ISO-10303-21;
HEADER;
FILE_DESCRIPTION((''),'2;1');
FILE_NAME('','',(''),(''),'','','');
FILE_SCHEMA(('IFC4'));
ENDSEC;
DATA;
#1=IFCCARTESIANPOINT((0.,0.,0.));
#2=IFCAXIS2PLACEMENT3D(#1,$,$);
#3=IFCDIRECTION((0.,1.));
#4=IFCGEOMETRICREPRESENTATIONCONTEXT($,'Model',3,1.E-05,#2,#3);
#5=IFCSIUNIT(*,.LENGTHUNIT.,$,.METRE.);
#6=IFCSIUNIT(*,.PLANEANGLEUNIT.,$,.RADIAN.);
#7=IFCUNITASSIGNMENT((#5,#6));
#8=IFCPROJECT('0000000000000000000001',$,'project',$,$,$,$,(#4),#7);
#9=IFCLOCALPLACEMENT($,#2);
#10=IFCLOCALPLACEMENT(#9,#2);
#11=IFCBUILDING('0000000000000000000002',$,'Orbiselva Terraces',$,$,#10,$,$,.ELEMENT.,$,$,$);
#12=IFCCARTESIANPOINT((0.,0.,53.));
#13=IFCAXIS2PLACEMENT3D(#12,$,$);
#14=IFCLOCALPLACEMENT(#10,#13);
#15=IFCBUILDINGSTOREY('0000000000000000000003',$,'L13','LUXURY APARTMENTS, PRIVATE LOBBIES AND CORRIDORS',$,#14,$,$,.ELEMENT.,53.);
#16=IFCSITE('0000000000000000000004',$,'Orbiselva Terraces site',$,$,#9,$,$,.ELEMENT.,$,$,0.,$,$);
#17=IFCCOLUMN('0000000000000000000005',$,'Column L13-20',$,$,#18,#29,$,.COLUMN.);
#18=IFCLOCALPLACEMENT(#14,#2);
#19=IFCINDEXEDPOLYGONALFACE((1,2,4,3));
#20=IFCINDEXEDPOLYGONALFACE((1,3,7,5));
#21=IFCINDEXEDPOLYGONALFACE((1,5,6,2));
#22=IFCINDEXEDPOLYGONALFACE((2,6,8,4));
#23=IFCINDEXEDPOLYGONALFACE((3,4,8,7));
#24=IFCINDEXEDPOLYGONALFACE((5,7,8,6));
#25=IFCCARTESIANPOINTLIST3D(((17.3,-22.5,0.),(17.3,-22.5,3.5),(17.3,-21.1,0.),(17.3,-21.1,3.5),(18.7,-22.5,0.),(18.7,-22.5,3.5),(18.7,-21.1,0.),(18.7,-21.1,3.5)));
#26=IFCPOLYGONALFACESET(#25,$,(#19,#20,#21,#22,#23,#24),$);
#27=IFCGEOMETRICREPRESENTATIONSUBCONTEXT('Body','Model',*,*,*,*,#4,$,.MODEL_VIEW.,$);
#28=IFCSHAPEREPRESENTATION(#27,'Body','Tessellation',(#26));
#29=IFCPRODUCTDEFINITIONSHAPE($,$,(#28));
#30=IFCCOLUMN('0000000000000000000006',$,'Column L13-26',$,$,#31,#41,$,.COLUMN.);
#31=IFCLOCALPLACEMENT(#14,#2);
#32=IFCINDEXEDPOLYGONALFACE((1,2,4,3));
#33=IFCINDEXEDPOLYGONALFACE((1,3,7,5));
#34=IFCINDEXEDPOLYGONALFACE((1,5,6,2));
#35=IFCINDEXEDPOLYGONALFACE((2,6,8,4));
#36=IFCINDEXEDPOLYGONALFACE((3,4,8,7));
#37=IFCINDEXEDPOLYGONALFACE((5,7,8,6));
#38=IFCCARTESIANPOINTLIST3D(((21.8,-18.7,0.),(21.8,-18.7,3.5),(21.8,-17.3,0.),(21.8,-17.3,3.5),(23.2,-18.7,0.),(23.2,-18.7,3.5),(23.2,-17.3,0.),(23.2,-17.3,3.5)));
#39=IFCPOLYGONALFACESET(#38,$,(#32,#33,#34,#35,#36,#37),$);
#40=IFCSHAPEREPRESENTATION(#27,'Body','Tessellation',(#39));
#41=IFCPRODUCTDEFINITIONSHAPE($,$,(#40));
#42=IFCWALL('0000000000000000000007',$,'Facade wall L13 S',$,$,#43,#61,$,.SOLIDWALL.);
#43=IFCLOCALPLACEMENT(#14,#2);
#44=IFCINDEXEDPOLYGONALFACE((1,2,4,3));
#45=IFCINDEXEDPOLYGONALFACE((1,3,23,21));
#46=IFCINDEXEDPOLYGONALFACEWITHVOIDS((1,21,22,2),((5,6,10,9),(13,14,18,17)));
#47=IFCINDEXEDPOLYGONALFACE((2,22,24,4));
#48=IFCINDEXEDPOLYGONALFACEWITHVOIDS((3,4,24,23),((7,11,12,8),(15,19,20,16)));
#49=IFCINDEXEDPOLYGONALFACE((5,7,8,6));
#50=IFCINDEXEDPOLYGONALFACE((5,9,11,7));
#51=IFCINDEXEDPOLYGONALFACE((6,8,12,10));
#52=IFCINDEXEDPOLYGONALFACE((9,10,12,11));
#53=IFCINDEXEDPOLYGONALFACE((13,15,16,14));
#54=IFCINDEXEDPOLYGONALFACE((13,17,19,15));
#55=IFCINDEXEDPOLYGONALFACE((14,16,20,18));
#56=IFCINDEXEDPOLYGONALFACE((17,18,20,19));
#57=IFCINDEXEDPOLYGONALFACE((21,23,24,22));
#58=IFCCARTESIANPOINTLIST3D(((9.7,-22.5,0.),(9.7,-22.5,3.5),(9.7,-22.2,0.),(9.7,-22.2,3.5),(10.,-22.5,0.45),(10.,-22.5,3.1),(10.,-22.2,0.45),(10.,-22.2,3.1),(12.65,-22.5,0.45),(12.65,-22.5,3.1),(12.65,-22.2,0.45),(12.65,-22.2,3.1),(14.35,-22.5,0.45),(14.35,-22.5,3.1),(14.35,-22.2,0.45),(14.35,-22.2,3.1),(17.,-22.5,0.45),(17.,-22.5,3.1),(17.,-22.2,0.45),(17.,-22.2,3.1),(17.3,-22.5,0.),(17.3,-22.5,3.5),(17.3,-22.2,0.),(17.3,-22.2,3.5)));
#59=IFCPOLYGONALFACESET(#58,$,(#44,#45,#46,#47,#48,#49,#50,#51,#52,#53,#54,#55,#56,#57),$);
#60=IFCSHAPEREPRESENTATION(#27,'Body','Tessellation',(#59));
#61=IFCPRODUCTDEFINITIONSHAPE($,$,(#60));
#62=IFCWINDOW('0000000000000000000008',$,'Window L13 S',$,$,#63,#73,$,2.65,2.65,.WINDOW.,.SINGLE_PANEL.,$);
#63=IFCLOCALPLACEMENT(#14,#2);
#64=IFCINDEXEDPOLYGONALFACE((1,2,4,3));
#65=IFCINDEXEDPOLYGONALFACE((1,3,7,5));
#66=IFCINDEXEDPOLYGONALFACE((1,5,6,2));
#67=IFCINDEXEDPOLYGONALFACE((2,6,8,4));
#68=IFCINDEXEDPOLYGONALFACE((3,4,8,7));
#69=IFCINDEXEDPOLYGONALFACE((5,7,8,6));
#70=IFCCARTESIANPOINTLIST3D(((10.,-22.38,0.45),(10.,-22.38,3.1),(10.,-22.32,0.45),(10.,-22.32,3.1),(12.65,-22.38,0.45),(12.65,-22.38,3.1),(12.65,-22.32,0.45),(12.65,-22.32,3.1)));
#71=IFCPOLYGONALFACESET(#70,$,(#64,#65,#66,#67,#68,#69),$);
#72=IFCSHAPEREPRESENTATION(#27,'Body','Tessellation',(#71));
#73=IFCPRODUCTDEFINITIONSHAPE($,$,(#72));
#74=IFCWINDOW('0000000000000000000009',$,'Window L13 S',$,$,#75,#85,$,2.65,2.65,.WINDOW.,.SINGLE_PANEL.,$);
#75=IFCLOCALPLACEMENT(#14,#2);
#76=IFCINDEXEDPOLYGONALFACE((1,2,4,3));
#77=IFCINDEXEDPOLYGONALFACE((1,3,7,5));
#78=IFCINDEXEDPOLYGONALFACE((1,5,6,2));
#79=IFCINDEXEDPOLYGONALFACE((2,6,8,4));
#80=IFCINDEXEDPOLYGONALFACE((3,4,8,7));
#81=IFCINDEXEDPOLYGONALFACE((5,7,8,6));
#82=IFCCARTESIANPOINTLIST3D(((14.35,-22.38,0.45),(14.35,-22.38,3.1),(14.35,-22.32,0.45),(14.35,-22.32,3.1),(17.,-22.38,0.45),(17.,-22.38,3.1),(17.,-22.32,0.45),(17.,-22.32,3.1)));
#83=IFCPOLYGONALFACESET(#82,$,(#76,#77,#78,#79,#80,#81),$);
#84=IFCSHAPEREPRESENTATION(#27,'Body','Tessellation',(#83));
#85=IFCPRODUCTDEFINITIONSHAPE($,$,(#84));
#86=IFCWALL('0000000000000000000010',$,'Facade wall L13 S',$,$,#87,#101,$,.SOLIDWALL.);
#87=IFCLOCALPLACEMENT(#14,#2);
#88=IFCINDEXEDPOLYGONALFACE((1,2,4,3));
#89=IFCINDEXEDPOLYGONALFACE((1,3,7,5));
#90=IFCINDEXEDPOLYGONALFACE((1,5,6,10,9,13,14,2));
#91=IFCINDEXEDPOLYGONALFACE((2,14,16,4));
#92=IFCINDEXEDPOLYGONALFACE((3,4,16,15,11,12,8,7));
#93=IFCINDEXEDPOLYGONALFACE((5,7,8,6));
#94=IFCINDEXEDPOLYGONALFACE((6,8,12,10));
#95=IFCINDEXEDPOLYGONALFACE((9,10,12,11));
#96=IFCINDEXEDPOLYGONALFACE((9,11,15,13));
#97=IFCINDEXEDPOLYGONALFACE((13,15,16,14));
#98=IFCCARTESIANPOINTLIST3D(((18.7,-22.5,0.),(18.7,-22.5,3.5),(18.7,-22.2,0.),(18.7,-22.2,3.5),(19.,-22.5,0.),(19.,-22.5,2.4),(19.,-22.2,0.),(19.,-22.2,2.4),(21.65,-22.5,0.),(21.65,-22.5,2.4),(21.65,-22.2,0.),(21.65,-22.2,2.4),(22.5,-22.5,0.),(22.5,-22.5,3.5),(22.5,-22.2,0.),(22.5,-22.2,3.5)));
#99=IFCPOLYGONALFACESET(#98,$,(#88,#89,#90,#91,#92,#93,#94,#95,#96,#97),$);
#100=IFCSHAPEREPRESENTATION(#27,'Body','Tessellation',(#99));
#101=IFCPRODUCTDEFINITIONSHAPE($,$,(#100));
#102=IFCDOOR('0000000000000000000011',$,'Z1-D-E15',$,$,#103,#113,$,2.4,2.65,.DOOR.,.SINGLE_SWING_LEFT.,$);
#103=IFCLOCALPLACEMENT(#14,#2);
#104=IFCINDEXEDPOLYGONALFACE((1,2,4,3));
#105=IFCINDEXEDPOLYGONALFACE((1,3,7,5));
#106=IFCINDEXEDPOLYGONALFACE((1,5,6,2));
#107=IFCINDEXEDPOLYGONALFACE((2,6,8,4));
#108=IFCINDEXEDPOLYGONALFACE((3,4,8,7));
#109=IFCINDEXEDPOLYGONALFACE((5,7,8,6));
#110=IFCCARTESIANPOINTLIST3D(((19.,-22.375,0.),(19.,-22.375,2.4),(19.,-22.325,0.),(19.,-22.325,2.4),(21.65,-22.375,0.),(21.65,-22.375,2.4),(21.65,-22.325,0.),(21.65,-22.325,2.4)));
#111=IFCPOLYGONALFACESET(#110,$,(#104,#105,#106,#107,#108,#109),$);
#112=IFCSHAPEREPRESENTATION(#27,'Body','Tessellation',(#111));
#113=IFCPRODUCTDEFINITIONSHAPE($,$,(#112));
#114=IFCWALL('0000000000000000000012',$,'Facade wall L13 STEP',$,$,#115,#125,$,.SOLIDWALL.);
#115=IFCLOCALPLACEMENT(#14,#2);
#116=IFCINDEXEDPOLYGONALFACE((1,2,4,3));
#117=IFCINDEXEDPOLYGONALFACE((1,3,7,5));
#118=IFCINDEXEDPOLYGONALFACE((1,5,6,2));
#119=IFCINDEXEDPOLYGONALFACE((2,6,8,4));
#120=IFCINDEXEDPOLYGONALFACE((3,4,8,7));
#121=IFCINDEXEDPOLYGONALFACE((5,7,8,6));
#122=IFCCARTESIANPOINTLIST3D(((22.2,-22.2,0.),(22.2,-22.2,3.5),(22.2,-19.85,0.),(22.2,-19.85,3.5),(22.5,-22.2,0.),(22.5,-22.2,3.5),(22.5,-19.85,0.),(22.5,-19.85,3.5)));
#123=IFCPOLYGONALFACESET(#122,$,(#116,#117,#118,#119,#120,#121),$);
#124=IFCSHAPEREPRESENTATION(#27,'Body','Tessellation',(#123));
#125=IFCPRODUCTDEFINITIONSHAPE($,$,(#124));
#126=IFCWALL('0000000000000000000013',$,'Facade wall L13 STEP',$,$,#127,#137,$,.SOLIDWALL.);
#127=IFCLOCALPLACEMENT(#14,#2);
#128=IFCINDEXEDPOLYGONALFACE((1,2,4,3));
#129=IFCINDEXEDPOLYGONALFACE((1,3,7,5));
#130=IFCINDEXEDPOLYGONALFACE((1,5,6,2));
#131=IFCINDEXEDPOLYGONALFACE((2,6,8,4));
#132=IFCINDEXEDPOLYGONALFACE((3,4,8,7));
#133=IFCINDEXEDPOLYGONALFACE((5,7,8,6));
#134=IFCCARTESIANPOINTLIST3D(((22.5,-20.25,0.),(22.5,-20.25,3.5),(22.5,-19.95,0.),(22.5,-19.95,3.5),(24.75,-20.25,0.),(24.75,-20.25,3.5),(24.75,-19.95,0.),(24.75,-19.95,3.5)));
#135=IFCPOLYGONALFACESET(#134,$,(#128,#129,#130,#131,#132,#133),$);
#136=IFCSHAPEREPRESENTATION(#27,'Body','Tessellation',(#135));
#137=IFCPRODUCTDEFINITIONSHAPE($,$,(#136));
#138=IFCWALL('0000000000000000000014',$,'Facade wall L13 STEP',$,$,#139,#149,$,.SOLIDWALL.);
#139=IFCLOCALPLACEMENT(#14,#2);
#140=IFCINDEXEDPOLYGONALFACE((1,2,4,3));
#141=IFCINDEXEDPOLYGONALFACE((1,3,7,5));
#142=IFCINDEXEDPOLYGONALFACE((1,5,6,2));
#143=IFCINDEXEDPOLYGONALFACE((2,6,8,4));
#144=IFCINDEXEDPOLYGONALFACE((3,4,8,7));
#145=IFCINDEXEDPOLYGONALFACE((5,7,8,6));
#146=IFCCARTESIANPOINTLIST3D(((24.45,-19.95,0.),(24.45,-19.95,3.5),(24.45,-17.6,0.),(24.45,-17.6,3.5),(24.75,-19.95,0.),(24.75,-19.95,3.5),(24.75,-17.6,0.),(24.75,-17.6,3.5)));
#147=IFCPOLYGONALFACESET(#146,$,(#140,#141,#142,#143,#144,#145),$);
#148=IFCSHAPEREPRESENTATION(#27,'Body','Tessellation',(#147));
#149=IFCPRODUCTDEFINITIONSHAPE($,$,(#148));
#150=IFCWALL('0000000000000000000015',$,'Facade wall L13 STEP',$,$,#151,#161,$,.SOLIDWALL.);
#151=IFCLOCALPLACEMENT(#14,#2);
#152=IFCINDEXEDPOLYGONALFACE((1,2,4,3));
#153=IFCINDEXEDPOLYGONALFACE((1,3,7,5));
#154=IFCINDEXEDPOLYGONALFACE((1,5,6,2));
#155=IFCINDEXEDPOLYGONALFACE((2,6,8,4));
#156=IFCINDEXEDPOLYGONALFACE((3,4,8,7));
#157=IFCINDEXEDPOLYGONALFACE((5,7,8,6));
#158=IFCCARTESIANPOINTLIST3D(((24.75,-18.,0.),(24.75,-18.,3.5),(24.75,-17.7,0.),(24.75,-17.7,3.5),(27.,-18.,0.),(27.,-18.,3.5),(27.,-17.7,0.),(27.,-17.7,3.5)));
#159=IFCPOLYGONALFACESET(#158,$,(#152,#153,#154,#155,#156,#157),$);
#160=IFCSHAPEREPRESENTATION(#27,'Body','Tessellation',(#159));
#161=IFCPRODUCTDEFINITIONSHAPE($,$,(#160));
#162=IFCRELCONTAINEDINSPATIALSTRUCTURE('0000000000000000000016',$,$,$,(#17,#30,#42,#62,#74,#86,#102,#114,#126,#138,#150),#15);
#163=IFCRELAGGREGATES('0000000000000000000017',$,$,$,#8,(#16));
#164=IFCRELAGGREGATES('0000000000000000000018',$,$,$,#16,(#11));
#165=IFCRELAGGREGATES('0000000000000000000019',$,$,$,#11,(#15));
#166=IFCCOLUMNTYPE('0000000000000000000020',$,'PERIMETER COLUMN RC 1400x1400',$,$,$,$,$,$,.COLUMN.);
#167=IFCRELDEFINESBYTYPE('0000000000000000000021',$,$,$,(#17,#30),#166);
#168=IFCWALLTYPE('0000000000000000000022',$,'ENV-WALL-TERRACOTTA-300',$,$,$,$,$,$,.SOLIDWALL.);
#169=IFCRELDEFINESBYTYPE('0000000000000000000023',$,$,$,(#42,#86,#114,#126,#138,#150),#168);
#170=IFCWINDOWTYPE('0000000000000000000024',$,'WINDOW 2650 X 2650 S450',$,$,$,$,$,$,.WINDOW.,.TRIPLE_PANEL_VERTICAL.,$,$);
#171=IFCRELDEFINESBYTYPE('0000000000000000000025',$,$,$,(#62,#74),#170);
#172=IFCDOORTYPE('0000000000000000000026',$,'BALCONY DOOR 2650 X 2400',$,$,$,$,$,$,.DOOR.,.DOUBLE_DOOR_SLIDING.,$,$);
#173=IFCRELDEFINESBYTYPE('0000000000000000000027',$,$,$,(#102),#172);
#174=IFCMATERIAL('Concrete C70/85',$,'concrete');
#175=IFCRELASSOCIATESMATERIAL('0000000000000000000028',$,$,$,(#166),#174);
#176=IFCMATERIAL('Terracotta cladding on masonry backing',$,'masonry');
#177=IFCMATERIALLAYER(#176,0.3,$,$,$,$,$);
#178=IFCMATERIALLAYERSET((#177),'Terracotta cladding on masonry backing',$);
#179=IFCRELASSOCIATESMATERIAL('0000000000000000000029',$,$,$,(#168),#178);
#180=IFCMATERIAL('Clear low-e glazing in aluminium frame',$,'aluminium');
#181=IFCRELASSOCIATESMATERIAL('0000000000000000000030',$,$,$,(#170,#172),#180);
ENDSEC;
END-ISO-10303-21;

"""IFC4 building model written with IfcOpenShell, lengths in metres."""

from ifc_helpers import new_model, si_unit, direction, frame, frame_2d, origin, origin_2d, place, context, subcontext, project, spatial, rectangle, extrude, material, layer, layer_set, material_profile, profile_set, type_object, element, fill, save


model = new_model("IFC4")

# Units and contexts
model_context = context("Model", 3, precision=1e-05, world=origin(), true_north=direction((0.0, 1.0)))
body_context = subcontext(model_context, "Body", "Model", "MODEL_VIEW")
ifc_project = project(units=[si_unit("LENGTHUNIT", "METRE"), si_unit("PLANEANGLEUNIT", "RADIAN")], contexts=[model_context])

# Site, building, storey
site_placement = place(None, origin())
site = spatial("IfcSite", under=ifc_project, at=site_placement, Name="Orbiselva Terraces site", CompositionType="ELEMENT", RefElevation=0.0)
building_placement = place(site_placement, origin())
building = spatial("IfcBuilding", under=site, at=building_placement, Name="Orbiselva Terraces", CompositionType="ELEMENT")
storey_placement = place(building_placement, frame((0.0, 0.0, 53.0)))
storey = spatial("IfcBuildingStorey", under=building, at=storey_placement, Name="L13", Description="LUXURY APARTMENTS, PRIVATE LOBBIES AND CORRIDORS", CompositionType="ELEMENT", Elevation=53.0)

# Columns
ifc_material_1 = material(Name="Concrete C70/85", Category="concrete")
ifc_material_profile = material_profile(ifc_material_1, rectangle(XDim=1.4, YDim=1.4, at=origin_2d()), Name="RC 1400x1400")
ifc_profile_set = profile_set([ifc_material_profile], Name="Concrete C70/85")
column_type = type_object("IfcColumnType", Name="PERIMETER COLUMN RC 1400x1400", PredefinedType="COLUMN", material=ifc_profile_set)
for number, where, z_axis, x_axis, name in (
    (1, (18.0, -21.8, 0.0), (0.0, 0.0, 1.0), (1.0, 0.0, 0.0), "Column L13-20"),
    (2, (22.5, -18.0, 0.0), (0.0, 0.0, 1.0), (1.0, 0.0, 0.0), "Column L13-26"),
):
    element("IfcColumn", number, at=place(storey_placement, frame(where, z_axis=z_axis, x_axis=x_axis)), inside=storey, type_object=column_type, Name=name, PredefinedType="COLUMN", context=body_context, shape_type="SweptSolid", body=[
        extrude(rectangle(XDim=1.4, YDim=1.4, at=origin_2d()), origin(), (0.0, 0.0, 1.0), 3.5),
    ])

# Wall, openings, windows
ifc_material_2 = material(Name="Terracotta cladding on masonry backing", Category="masonry")
ifc_layer_1 = layer(ifc_material_2, 0.3)
ifc_layer_set_1 = layer_set([ifc_layer_1], Name="Terracotta cladding on masonry backing")
wall_type_1 = type_object("IfcWallType", Name="ENV-WALL-TERRACOTTA-300", PredefinedType="SOLIDWALL", material=ifc_layer_set_1)
wall_1_placement = place(storey_placement, frame((17.3, -22.35, 0.0), z_axis=(0.0, 0.0, 1.0), x_axis=(-1.0, 0.0, 0.0)))
wall_1 = element("IfcWall", 3, at=wall_1_placement, inside=storey, type_object=wall_type_1, Name="Facade wall L13 S", PredefinedType="SOLIDWALL", context=body_context, shape_type="SweptSolid", body=[
    extrude(rectangle(XDim=7.6, YDim=0.3, at=frame_2d((3.8, 0.0))), origin(), (0.0, 0.0, 1.0), 3.5),
])
opening_1_placement = place(wall_1_placement, frame((4.65, 0.0, 0.45)))
opening_1 = element("IfcOpeningElement", 4, at=opening_1_placement, cuts=wall_1, PredefinedType="OPENING", context=body_context, shape_type="SweptSolid", body=[
    extrude(rectangle(XDim=2.65, YDim=2.65, at=frame_2d((1.325, 1.325))), frame((0.0, 0.16, 0.0), z_axis=(0.0, -1.0, 0.0), x_axis=(1.0, 0.0, 0.0)), (0.0, 0.0, 1.0), 0.32),
])
opening_2_placement = place(wall_1_placement, frame((0.3, 0.0, 0.45)))
opening_2 = element("IfcOpeningElement", 5, at=opening_2_placement, cuts=wall_1, PredefinedType="OPENING", context=body_context, shape_type="SweptSolid", body=[
    extrude(rectangle(XDim=2.65, YDim=2.65, at=frame_2d((1.325, 1.325))), frame((0.0, 0.16, 0.0), z_axis=(0.0, -1.0, 0.0), x_axis=(1.0, 0.0, 0.0)), (0.0, 0.0, 1.0), 0.32),
])
ifc_material_3 = material(Name="Clear low-e glazing in aluminium frame", Category="aluminium")
window_type = type_object("IfcWindowType", Name="WINDOW 2650 X 2650 S450", PartitioningType="TRIPLE_PANEL_VERTICAL", PredefinedType="WINDOW", material=ifc_material_3)
window_1_placement = place(opening_1_placement, origin())
window_1 = element("IfcWindow", 6, at=window_1_placement, inside=storey, type_object=window_type, Name="Window L13 S", OverallHeight=2.65, OverallWidth=2.65, PartitioningType="SINGLE_PANEL", PredefinedType="WINDOW", context=body_context, shape_type="SweptSolid", body=[
    extrude(rectangle(XDim=2.65, YDim=2.65, at=frame_2d((1.325, 1.325))), frame((0.0, 0.03, 0.0), z_axis=(0.0, -1.0, 0.0), x_axis=(1.0, 0.0, 0.0)), (0.0, 0.0, 1.0), 0.06),
])
fill(opening_1, window_1)
window_2_placement = place(opening_2_placement, origin())
window_2 = element("IfcWindow", 7, at=window_2_placement, inside=storey, type_object=window_type, Name="Window L13 S", OverallHeight=2.65, OverallWidth=2.65, PartitioningType="SINGLE_PANEL", PredefinedType="WINDOW", context=body_context, shape_type="SweptSolid", body=[
    extrude(rectangle(XDim=2.65, YDim=2.65, at=frame_2d((1.325, 1.325))), frame((0.0, 0.03, 0.0), z_axis=(0.0, -1.0, 0.0), x_axis=(1.0, 0.0, 0.0)), (0.0, 0.0, 1.0), 0.06),
])
fill(opening_2, window_2)

# Wall, opening, door
wall_2_placement = place(storey_placement, frame((22.5, -22.35, 0.0), z_axis=(0.0, 0.0, 1.0), x_axis=(-1.0, 0.0, 0.0)))
wall_2 = element("IfcWall", 8, at=wall_2_placement, inside=storey, type_object=wall_type_1, Name="Facade wall L13 S", PredefinedType="SOLIDWALL", context=body_context, shape_type="SweptSolid", body=[
    extrude(rectangle(XDim=3.8, YDim=0.3, at=frame_2d((1.9, 0.0))), origin(), (0.0, 0.0, 1.0), 3.5),
])
opening_3_placement = place(wall_2_placement, frame((0.85, 0.0, 0.0)))
opening_3 = element("IfcOpeningElement", 9, at=opening_3_placement, cuts=wall_2, PredefinedType="OPENING", context=body_context, shape_type="SweptSolid", body=[
    extrude(rectangle(XDim=2.65, YDim=2.4, at=frame_2d((1.325, 1.2))), frame((0.0, 0.16, 0.0), z_axis=(0.0, -1.0, 0.0), x_axis=(1.0, 0.0, 0.0)), (0.0, 0.0, 1.0), 0.32),
])
door_type_1 = type_object("IfcDoorType", Name="BALCONY DOOR 2650 X 2400", OperationType="DOUBLE_DOOR_SLIDING", PredefinedType="DOOR", material=ifc_material_3)
door_1_placement = place(opening_3_placement, origin())
door_1 = element("IfcDoor", 10, at=door_1_placement, inside=storey, type_object=door_type_1, Name="Z1-D-E15", OperationType="SINGLE_SWING_LEFT", OverallHeight=2.4, OverallWidth=2.65, PredefinedType="DOOR", context=body_context, shape_type="SweptSolid", body=[
    extrude(rectangle(XDim=2.65, YDim=2.4, at=frame_2d((1.325, 1.2))), frame((0.0, 0.025, 0.0), z_axis=(0.0, -1.0, 0.0), x_axis=(1.0, 0.0, 0.0)), (0.0, 0.0, 1.0), 0.05),
])
fill(opening_3, door_1)

# Walls
wall_3_placement = place(storey_placement, frame((22.35, -19.85, 0.0), z_axis=(0.0, 0.0, 1.0), x_axis=(0.0, -1.0, 0.0)))
element("IfcWall", 11, at=wall_3_placement, inside=storey, type_object=wall_type_1, Name="Facade wall L13 STEP", PredefinedType="SOLIDWALL", context=body_context, shape_type="SweptSolid", body=[
    extrude(rectangle(XDim=2.35, YDim=0.3, at=frame_2d((1.175, 0.0))), origin(), (0.0, 0.0, 1.0), 3.5),
])
wall_4_placement = place(storey_placement, frame((24.75, -20.1, 0.0), z_axis=(0.0, 0.0, 1.0), x_axis=(-1.0, 0.0, 0.0)))
element("IfcWall", 12, at=wall_4_placement, inside=storey, type_object=wall_type_1, Name="Facade wall L13 STEP", PredefinedType="SOLIDWALL", context=body_context, shape_type="SweptSolid", body=[
    extrude(rectangle(XDim=2.25, YDim=0.3, at=frame_2d((1.125, 0.0))), origin(), (0.0, 0.0, 1.0), 3.5),
])
wall_5_placement = place(storey_placement, frame((24.6, -17.6, 0.0), z_axis=(0.0, 0.0, 1.0), x_axis=(0.0, -1.0, 0.0)))
element("IfcWall", 13, at=wall_5_placement, inside=storey, type_object=wall_type_1, Name="Facade wall L13 STEP", PredefinedType="SOLIDWALL", context=body_context, shape_type="SweptSolid", body=[
    extrude(rectangle(XDim=2.35, YDim=0.3, at=frame_2d((1.175, 0.0))), origin(), (0.0, 0.0, 1.0), 3.5),
])
wall_6_placement = place(storey_placement, frame((27.0, -17.85, 0.0), z_axis=(0.0, 0.0, 1.0), x_axis=(-1.0, 0.0, 0.0)))
element("IfcWall", 14, at=wall_6_placement, inside=storey, type_object=wall_type_1, Name="Facade wall L13 STEP", PredefinedType="SOLIDWALL", context=body_context, shape_type="SweptSolid", body=[
    extrude(rectangle(XDim=2.25, YDim=0.3, at=frame_2d((1.125, 0.0))), origin(), (0.0, 0.0, 1.0), 3.5),
])

save(model, "model.ifc")
